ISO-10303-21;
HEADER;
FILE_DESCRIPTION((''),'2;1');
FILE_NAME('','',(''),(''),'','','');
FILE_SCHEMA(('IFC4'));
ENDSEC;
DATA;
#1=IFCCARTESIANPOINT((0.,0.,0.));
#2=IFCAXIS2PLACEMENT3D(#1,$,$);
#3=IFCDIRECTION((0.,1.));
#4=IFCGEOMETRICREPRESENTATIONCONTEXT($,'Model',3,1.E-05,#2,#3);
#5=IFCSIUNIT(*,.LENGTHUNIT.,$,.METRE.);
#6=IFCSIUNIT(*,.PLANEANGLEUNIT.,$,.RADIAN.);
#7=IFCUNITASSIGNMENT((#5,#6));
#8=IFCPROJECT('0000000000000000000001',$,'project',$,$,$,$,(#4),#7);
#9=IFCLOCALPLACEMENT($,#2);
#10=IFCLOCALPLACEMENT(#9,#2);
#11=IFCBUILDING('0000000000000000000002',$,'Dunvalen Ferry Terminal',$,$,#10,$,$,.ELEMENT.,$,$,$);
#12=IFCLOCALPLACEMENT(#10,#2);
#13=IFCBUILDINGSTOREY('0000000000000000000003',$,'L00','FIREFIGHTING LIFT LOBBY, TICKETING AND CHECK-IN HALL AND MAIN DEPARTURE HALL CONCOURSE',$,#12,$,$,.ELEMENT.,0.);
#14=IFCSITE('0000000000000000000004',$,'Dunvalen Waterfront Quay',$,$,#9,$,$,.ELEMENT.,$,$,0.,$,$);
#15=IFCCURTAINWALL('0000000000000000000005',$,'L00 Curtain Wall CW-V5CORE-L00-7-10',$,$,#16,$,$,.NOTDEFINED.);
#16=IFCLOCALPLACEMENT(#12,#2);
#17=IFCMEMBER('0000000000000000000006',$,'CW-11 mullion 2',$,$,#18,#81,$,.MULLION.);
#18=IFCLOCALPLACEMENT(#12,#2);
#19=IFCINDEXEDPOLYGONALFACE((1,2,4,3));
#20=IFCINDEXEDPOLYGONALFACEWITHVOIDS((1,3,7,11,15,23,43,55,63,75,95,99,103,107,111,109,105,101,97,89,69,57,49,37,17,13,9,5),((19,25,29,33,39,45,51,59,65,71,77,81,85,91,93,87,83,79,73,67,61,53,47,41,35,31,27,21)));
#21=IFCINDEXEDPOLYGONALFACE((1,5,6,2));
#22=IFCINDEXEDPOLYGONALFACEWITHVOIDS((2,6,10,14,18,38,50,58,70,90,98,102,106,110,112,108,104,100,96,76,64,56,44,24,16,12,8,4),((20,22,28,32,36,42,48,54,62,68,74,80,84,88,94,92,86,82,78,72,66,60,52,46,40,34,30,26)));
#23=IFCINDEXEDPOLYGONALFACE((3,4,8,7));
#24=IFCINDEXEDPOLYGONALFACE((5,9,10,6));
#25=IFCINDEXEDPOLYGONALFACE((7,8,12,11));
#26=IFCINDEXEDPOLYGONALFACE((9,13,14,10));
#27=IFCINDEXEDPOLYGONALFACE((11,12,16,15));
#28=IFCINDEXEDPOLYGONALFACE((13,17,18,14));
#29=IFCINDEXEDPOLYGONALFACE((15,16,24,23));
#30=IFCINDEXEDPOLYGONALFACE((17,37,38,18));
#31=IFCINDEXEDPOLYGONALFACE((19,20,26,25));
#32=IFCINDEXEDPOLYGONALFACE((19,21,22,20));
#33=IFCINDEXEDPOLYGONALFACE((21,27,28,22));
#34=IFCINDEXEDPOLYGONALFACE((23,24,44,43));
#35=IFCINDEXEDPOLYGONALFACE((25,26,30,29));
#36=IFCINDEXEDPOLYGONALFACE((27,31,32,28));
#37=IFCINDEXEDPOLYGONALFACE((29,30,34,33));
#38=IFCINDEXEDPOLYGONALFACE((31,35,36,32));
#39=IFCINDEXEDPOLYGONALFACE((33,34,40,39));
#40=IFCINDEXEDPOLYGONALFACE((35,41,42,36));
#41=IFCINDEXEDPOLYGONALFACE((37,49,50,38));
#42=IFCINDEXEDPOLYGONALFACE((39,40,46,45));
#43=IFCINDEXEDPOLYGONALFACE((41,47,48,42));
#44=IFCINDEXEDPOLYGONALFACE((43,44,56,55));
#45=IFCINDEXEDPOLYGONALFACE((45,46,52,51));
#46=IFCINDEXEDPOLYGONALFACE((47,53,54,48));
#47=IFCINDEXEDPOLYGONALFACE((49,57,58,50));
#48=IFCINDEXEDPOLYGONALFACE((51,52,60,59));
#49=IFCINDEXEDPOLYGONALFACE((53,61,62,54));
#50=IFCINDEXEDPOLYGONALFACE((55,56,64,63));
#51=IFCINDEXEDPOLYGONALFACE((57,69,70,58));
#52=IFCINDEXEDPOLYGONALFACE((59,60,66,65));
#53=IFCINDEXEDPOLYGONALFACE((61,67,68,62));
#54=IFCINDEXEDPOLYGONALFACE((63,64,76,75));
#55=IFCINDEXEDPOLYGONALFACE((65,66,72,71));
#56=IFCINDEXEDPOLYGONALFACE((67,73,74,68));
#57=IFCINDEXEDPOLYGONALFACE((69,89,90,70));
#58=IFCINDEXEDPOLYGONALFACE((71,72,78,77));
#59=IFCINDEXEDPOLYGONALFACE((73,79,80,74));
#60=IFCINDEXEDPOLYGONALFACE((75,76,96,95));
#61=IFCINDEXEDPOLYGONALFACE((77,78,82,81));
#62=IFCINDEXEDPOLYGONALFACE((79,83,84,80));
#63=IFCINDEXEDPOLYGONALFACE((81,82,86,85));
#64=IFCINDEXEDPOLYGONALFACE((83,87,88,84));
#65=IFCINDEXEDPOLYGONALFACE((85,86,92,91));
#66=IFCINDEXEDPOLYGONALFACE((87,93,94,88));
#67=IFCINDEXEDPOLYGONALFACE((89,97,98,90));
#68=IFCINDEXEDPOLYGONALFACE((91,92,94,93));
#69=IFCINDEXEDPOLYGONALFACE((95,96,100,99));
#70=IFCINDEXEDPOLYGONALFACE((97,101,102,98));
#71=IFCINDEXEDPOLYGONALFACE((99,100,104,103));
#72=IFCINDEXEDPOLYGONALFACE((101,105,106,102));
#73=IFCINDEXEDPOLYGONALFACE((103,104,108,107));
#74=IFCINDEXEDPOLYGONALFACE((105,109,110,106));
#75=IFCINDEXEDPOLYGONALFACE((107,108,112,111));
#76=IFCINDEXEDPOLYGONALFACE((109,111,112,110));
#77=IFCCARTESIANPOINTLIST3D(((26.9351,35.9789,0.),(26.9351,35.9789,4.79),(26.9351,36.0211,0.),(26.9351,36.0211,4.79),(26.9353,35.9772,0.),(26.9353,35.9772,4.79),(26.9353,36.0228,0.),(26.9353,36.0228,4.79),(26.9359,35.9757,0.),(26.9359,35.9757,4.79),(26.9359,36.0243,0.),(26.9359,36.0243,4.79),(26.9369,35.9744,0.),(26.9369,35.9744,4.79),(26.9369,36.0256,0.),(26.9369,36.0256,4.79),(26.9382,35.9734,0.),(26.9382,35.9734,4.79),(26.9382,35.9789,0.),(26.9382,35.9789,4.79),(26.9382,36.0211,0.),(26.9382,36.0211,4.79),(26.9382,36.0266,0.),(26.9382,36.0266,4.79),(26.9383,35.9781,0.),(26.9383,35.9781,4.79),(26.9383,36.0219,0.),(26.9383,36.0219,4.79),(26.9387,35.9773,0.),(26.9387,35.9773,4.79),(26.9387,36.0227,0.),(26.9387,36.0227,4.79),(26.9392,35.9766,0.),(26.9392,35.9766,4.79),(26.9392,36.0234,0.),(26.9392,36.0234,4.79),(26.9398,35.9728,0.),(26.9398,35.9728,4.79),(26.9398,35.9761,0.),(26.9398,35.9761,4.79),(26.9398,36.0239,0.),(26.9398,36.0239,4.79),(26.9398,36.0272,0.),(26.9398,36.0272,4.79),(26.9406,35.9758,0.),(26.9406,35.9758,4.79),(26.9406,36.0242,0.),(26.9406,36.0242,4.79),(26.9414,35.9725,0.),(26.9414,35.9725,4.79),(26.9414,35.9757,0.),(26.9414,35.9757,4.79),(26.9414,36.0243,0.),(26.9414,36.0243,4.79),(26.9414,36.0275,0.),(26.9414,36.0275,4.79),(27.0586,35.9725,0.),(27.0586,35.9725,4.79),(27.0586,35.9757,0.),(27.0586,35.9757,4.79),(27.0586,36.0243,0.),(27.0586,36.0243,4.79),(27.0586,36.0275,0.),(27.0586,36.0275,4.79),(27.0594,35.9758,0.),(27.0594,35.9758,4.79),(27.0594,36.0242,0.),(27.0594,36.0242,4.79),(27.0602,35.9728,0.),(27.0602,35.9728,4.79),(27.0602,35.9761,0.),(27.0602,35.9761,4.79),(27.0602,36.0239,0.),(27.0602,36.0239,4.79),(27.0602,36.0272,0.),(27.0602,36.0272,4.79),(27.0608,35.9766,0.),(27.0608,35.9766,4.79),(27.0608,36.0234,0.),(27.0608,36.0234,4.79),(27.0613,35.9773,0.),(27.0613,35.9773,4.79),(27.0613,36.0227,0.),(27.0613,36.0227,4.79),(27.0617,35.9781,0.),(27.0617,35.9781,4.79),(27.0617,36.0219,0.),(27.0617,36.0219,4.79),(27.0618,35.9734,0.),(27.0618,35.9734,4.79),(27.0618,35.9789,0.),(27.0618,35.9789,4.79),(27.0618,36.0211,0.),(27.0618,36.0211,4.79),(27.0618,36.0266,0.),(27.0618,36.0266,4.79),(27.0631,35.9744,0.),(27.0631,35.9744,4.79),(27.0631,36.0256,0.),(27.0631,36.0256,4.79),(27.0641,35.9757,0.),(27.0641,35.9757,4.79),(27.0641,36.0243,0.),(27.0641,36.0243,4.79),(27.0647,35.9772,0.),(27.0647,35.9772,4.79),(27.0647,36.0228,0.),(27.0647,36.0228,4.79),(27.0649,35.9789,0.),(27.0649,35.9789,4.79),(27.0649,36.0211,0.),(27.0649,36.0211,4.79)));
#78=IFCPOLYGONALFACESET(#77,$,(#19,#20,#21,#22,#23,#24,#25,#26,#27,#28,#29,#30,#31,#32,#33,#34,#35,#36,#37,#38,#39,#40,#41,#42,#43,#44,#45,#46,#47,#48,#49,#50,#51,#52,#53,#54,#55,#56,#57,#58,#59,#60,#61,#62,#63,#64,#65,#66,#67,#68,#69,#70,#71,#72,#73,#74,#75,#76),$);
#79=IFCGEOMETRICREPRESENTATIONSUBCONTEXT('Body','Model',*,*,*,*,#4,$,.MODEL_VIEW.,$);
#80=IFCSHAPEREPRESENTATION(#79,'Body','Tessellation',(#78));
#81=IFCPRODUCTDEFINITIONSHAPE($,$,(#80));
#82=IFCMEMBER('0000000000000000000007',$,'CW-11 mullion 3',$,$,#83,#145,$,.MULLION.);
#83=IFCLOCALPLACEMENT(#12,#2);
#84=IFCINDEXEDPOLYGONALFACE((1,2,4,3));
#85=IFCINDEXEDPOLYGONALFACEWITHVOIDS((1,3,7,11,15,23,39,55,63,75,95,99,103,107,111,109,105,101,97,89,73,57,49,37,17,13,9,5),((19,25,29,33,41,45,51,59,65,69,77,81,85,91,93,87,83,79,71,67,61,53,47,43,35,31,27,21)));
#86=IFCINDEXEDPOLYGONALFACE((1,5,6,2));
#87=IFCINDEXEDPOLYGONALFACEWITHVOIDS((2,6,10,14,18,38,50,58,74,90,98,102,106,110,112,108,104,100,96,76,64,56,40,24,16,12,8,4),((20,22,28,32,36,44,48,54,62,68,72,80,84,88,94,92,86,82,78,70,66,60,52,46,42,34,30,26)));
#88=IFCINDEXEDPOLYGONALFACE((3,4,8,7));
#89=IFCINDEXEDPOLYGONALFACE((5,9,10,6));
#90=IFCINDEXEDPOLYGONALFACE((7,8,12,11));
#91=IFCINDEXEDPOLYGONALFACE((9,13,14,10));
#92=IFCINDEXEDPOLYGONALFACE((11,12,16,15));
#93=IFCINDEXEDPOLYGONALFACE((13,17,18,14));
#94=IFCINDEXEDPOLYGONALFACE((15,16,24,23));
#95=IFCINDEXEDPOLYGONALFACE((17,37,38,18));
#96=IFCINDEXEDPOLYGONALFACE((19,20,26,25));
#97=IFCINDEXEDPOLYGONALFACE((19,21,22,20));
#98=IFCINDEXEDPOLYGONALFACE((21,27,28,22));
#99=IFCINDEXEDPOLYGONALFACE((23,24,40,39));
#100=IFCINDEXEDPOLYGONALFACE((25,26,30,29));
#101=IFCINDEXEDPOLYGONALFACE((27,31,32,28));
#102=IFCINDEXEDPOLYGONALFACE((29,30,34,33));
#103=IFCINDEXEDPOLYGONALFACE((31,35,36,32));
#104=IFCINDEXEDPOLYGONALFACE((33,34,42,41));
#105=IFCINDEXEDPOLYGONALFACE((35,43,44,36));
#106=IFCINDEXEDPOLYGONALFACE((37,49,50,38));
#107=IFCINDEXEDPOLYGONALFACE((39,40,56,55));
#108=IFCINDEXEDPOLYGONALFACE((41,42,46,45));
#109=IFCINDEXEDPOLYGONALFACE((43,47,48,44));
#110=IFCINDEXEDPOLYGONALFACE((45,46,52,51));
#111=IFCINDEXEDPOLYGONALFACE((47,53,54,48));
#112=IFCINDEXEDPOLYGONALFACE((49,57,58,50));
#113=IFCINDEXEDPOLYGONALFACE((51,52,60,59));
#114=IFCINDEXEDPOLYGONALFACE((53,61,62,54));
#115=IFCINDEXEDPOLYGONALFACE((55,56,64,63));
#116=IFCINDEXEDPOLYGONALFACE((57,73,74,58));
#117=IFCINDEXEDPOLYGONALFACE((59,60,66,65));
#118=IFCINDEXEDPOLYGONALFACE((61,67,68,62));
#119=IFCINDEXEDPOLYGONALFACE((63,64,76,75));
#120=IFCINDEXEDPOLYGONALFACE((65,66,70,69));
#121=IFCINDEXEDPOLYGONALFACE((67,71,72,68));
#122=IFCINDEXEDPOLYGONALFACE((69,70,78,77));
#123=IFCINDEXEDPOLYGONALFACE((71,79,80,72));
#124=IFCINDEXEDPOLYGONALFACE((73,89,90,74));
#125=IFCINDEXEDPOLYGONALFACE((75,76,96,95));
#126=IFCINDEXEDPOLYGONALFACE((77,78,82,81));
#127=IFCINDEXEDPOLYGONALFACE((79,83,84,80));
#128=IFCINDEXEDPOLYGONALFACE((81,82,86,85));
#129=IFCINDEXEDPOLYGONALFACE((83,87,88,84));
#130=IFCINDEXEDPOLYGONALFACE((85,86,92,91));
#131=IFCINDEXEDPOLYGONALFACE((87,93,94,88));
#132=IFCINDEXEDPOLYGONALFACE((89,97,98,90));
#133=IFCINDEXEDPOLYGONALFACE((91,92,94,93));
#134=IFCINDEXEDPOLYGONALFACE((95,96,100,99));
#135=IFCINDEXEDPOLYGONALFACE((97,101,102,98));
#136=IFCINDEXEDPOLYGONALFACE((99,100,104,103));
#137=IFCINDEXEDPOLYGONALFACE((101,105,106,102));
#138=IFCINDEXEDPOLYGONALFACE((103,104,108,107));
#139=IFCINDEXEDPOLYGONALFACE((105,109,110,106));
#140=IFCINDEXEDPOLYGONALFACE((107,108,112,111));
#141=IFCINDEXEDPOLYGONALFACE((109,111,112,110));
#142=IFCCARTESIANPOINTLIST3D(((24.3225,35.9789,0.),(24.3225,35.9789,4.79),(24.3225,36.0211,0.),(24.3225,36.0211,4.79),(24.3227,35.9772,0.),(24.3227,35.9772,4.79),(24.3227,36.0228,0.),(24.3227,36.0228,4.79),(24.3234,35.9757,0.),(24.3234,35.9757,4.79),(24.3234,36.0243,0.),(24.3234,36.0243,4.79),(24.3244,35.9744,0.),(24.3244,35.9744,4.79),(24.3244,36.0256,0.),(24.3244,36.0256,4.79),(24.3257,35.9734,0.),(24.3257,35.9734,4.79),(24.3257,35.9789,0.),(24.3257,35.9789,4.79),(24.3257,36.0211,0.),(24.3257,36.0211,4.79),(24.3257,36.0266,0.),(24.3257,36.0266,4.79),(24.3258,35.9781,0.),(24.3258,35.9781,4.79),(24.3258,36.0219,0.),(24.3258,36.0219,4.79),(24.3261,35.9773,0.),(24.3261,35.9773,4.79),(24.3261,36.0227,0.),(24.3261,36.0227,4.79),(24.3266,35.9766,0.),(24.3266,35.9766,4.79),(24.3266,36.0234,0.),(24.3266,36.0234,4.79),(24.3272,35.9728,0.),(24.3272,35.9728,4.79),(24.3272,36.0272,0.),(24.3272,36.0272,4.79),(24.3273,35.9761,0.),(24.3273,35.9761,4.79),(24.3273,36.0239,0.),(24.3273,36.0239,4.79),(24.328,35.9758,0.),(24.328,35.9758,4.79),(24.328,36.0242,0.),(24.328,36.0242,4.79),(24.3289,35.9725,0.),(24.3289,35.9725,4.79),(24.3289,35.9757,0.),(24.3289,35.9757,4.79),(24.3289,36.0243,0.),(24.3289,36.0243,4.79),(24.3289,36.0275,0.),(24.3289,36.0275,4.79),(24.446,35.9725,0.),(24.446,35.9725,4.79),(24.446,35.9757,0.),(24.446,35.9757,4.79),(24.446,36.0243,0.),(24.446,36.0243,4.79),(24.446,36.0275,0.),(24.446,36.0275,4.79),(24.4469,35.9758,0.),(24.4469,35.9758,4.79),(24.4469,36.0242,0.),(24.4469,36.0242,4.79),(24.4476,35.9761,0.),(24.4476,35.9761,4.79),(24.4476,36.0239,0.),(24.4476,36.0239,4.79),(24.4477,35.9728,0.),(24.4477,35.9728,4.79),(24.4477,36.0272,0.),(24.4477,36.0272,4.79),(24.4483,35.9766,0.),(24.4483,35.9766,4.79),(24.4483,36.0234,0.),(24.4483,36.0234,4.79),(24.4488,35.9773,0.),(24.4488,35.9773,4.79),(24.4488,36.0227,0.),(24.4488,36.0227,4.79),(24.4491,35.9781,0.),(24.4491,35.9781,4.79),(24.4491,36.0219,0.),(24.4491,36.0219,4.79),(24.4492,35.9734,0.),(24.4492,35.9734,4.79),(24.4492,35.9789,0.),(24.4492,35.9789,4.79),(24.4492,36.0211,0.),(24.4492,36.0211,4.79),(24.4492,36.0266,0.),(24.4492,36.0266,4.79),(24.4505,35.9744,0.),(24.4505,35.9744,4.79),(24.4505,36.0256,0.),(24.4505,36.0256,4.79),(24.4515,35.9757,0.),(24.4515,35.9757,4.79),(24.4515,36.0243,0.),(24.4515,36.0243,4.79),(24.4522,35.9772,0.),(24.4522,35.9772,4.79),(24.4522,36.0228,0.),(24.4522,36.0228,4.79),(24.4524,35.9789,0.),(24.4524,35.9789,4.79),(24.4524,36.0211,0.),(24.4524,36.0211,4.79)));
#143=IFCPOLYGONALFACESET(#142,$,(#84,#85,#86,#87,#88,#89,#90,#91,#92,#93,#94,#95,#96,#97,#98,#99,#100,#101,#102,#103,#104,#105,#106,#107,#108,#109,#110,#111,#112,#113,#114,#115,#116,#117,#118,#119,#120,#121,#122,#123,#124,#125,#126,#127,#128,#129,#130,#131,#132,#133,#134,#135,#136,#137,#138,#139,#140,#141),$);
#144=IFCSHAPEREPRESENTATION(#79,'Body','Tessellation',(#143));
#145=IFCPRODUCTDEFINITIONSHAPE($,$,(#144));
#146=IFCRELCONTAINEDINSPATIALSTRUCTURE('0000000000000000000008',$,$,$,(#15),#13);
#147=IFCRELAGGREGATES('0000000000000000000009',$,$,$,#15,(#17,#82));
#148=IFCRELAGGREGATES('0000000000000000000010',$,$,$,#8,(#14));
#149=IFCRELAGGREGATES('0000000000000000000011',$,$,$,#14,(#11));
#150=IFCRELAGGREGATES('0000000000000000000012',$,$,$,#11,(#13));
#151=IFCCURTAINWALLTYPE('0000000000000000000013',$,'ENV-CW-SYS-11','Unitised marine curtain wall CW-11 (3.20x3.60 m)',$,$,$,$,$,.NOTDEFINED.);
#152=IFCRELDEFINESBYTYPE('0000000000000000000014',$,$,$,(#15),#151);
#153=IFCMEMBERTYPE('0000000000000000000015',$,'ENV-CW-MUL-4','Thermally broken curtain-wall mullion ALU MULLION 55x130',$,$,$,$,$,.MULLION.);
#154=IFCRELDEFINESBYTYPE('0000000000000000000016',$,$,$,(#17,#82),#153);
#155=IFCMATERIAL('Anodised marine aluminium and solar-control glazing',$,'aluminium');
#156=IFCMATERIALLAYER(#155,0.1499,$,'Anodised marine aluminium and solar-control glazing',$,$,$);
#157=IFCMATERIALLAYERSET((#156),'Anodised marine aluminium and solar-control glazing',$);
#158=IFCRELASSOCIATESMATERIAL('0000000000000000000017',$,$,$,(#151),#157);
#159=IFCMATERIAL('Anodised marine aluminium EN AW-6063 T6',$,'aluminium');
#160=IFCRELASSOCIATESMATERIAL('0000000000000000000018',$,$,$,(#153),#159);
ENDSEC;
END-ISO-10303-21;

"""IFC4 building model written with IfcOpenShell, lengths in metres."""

from ifc_helpers import new_model, si_unit, direction, frame, origin, origin_2d, place, context, subcontext, project, spatial, hollow_rectangle, extrude, material, layer, layer_set, material_profile, profile_set, type_object, element, aggregate, save


model = new_model("IFC4")

# Units and contexts
model_context = context("Model", 3, precision=1e-05, world=origin(), true_north=direction((0.0, 1.0)))
body_context = subcontext(model_context, "Body", "Model", "MODEL_VIEW")
ifc_project = project(units=[si_unit("LENGTHUNIT", "METRE"), si_unit("PLANEANGLEUNIT", "RADIAN")], contexts=[model_context])

# Site, building, storey
site_placement = place(None, origin())
site = spatial("IfcSite", under=ifc_project, at=site_placement, Name="Dunvalen Waterfront Quay", CompositionType="ELEMENT", RefElevation=0.0)
building_placement = place(site_placement, origin())
building = spatial("IfcBuilding", under=site, at=building_placement, Name="Dunvalen Ferry Terminal", CompositionType="ELEMENT")
storey_placement = place(building_placement, origin())
storey = spatial("IfcBuildingStorey", under=building, at=storey_placement, Name="L00", Description="FIREFIGHTING LIFT LOBBY, TICKETING AND CHECK-IN HALL AND MAIN DEPARTURE HALL CONCOURSE", CompositionType="ELEMENT", Elevation=0.0)

# Shared definitions
ifc_material_1 = material(Name="Anodised marine aluminium and solar-control glazing", Category="aluminium")
ifc_layer_1 = layer(ifc_material_1, 0.1499, Name="Anodised marine aluminium and solar-control glazing")
ifc_layer_set_1 = layer_set([ifc_layer_1], Name="Anodised marine aluminium and solar-control glazing")
curtain_wall_type = type_object("IfcCurtainWallType", Name="ENV-CW-SYS-11", Description="Unitised marine curtain wall CW-11 (3.20x3.60 m)", PredefinedType="NOTDEFINED", material=ifc_layer_set_1)
ifc_material_2 = material(Name="Anodised marine aluminium EN AW-6063 T6", Category="aluminium")
ifc_material_profile_1 = material_profile(ifc_material_2, hollow_rectangle(XDim=0.0549, YDim=0.1299, WallThickness=0.0032, InnerFilletRadius=0.0032, OuterFilletRadius=0.0063, at=origin_2d()), Name="Anodised marine aluminium EN AW-6063 T6")
ifc_profile_set_1 = profile_set([ifc_material_profile_1], Name="Anodised marine aluminium EN AW-6063 T6")
member_type_1 = type_object("IfcMemberType", Name="ENV-CW-MUL-4", Description="Thermally broken curtain-wall mullion ALU MULLION 55x130", PredefinedType="MULLION", material=ifc_profile_set_1)

# Curtain wall, members
curtain_wall_1_placement = place(storey_placement, origin())
curtain_wall_1 = element("IfcCurtainWall", 1, at=curtain_wall_1_placement, inside=storey, type_object=curtain_wall_type, Name="L00 Curtain Wall CW-V5CORE-L00-7-10", PredefinedType="NOTDEFINED")
member_1_placement = place(storey_placement, frame((27.0, 36.0, 0.0), z_axis=(0.0, 0.0, 1.0), x_axis=(0.0, -1.0, 0.0)))
member_1 = element("IfcMember", 2, at=member_1_placement, type_object=member_type_1, Name="CW-11 mullion 2", PredefinedType="MULLION", context=body_context, shape_type="SweptSolid", body=[
    extrude(hollow_rectangle(XDim=0.0549, YDim=0.1299, WallThickness=0.0032, InnerFilletRadius=0.0032, OuterFilletRadius=0.0063, at=origin_2d()), origin(), (0.0, 0.0, 1.0), 4.79),
])
member_2_placement = place(storey_placement, frame((24.3875, 36.0, 0.0), z_axis=(0.0, 0.0, 1.0), x_axis=(0.0, -1.0, 0.0)))
member_2 = element("IfcMember", 3, at=member_2_placement, type_object=member_type_1, Name="CW-11 mullion 3", PredefinedType="MULLION", context=body_context, shape_type="SweptSolid", body=[
    extrude(hollow_rectangle(XDim=0.0549, YDim=0.1299, WallThickness=0.0032, InnerFilletRadius=0.0032, OuterFilletRadius=0.0063, at=origin_2d()), origin(), (0.0, 0.0, 1.0), 4.79),
])

aggregate(curtain_wall_1, [member_1, member_2])

save(model, "model.ifc")
